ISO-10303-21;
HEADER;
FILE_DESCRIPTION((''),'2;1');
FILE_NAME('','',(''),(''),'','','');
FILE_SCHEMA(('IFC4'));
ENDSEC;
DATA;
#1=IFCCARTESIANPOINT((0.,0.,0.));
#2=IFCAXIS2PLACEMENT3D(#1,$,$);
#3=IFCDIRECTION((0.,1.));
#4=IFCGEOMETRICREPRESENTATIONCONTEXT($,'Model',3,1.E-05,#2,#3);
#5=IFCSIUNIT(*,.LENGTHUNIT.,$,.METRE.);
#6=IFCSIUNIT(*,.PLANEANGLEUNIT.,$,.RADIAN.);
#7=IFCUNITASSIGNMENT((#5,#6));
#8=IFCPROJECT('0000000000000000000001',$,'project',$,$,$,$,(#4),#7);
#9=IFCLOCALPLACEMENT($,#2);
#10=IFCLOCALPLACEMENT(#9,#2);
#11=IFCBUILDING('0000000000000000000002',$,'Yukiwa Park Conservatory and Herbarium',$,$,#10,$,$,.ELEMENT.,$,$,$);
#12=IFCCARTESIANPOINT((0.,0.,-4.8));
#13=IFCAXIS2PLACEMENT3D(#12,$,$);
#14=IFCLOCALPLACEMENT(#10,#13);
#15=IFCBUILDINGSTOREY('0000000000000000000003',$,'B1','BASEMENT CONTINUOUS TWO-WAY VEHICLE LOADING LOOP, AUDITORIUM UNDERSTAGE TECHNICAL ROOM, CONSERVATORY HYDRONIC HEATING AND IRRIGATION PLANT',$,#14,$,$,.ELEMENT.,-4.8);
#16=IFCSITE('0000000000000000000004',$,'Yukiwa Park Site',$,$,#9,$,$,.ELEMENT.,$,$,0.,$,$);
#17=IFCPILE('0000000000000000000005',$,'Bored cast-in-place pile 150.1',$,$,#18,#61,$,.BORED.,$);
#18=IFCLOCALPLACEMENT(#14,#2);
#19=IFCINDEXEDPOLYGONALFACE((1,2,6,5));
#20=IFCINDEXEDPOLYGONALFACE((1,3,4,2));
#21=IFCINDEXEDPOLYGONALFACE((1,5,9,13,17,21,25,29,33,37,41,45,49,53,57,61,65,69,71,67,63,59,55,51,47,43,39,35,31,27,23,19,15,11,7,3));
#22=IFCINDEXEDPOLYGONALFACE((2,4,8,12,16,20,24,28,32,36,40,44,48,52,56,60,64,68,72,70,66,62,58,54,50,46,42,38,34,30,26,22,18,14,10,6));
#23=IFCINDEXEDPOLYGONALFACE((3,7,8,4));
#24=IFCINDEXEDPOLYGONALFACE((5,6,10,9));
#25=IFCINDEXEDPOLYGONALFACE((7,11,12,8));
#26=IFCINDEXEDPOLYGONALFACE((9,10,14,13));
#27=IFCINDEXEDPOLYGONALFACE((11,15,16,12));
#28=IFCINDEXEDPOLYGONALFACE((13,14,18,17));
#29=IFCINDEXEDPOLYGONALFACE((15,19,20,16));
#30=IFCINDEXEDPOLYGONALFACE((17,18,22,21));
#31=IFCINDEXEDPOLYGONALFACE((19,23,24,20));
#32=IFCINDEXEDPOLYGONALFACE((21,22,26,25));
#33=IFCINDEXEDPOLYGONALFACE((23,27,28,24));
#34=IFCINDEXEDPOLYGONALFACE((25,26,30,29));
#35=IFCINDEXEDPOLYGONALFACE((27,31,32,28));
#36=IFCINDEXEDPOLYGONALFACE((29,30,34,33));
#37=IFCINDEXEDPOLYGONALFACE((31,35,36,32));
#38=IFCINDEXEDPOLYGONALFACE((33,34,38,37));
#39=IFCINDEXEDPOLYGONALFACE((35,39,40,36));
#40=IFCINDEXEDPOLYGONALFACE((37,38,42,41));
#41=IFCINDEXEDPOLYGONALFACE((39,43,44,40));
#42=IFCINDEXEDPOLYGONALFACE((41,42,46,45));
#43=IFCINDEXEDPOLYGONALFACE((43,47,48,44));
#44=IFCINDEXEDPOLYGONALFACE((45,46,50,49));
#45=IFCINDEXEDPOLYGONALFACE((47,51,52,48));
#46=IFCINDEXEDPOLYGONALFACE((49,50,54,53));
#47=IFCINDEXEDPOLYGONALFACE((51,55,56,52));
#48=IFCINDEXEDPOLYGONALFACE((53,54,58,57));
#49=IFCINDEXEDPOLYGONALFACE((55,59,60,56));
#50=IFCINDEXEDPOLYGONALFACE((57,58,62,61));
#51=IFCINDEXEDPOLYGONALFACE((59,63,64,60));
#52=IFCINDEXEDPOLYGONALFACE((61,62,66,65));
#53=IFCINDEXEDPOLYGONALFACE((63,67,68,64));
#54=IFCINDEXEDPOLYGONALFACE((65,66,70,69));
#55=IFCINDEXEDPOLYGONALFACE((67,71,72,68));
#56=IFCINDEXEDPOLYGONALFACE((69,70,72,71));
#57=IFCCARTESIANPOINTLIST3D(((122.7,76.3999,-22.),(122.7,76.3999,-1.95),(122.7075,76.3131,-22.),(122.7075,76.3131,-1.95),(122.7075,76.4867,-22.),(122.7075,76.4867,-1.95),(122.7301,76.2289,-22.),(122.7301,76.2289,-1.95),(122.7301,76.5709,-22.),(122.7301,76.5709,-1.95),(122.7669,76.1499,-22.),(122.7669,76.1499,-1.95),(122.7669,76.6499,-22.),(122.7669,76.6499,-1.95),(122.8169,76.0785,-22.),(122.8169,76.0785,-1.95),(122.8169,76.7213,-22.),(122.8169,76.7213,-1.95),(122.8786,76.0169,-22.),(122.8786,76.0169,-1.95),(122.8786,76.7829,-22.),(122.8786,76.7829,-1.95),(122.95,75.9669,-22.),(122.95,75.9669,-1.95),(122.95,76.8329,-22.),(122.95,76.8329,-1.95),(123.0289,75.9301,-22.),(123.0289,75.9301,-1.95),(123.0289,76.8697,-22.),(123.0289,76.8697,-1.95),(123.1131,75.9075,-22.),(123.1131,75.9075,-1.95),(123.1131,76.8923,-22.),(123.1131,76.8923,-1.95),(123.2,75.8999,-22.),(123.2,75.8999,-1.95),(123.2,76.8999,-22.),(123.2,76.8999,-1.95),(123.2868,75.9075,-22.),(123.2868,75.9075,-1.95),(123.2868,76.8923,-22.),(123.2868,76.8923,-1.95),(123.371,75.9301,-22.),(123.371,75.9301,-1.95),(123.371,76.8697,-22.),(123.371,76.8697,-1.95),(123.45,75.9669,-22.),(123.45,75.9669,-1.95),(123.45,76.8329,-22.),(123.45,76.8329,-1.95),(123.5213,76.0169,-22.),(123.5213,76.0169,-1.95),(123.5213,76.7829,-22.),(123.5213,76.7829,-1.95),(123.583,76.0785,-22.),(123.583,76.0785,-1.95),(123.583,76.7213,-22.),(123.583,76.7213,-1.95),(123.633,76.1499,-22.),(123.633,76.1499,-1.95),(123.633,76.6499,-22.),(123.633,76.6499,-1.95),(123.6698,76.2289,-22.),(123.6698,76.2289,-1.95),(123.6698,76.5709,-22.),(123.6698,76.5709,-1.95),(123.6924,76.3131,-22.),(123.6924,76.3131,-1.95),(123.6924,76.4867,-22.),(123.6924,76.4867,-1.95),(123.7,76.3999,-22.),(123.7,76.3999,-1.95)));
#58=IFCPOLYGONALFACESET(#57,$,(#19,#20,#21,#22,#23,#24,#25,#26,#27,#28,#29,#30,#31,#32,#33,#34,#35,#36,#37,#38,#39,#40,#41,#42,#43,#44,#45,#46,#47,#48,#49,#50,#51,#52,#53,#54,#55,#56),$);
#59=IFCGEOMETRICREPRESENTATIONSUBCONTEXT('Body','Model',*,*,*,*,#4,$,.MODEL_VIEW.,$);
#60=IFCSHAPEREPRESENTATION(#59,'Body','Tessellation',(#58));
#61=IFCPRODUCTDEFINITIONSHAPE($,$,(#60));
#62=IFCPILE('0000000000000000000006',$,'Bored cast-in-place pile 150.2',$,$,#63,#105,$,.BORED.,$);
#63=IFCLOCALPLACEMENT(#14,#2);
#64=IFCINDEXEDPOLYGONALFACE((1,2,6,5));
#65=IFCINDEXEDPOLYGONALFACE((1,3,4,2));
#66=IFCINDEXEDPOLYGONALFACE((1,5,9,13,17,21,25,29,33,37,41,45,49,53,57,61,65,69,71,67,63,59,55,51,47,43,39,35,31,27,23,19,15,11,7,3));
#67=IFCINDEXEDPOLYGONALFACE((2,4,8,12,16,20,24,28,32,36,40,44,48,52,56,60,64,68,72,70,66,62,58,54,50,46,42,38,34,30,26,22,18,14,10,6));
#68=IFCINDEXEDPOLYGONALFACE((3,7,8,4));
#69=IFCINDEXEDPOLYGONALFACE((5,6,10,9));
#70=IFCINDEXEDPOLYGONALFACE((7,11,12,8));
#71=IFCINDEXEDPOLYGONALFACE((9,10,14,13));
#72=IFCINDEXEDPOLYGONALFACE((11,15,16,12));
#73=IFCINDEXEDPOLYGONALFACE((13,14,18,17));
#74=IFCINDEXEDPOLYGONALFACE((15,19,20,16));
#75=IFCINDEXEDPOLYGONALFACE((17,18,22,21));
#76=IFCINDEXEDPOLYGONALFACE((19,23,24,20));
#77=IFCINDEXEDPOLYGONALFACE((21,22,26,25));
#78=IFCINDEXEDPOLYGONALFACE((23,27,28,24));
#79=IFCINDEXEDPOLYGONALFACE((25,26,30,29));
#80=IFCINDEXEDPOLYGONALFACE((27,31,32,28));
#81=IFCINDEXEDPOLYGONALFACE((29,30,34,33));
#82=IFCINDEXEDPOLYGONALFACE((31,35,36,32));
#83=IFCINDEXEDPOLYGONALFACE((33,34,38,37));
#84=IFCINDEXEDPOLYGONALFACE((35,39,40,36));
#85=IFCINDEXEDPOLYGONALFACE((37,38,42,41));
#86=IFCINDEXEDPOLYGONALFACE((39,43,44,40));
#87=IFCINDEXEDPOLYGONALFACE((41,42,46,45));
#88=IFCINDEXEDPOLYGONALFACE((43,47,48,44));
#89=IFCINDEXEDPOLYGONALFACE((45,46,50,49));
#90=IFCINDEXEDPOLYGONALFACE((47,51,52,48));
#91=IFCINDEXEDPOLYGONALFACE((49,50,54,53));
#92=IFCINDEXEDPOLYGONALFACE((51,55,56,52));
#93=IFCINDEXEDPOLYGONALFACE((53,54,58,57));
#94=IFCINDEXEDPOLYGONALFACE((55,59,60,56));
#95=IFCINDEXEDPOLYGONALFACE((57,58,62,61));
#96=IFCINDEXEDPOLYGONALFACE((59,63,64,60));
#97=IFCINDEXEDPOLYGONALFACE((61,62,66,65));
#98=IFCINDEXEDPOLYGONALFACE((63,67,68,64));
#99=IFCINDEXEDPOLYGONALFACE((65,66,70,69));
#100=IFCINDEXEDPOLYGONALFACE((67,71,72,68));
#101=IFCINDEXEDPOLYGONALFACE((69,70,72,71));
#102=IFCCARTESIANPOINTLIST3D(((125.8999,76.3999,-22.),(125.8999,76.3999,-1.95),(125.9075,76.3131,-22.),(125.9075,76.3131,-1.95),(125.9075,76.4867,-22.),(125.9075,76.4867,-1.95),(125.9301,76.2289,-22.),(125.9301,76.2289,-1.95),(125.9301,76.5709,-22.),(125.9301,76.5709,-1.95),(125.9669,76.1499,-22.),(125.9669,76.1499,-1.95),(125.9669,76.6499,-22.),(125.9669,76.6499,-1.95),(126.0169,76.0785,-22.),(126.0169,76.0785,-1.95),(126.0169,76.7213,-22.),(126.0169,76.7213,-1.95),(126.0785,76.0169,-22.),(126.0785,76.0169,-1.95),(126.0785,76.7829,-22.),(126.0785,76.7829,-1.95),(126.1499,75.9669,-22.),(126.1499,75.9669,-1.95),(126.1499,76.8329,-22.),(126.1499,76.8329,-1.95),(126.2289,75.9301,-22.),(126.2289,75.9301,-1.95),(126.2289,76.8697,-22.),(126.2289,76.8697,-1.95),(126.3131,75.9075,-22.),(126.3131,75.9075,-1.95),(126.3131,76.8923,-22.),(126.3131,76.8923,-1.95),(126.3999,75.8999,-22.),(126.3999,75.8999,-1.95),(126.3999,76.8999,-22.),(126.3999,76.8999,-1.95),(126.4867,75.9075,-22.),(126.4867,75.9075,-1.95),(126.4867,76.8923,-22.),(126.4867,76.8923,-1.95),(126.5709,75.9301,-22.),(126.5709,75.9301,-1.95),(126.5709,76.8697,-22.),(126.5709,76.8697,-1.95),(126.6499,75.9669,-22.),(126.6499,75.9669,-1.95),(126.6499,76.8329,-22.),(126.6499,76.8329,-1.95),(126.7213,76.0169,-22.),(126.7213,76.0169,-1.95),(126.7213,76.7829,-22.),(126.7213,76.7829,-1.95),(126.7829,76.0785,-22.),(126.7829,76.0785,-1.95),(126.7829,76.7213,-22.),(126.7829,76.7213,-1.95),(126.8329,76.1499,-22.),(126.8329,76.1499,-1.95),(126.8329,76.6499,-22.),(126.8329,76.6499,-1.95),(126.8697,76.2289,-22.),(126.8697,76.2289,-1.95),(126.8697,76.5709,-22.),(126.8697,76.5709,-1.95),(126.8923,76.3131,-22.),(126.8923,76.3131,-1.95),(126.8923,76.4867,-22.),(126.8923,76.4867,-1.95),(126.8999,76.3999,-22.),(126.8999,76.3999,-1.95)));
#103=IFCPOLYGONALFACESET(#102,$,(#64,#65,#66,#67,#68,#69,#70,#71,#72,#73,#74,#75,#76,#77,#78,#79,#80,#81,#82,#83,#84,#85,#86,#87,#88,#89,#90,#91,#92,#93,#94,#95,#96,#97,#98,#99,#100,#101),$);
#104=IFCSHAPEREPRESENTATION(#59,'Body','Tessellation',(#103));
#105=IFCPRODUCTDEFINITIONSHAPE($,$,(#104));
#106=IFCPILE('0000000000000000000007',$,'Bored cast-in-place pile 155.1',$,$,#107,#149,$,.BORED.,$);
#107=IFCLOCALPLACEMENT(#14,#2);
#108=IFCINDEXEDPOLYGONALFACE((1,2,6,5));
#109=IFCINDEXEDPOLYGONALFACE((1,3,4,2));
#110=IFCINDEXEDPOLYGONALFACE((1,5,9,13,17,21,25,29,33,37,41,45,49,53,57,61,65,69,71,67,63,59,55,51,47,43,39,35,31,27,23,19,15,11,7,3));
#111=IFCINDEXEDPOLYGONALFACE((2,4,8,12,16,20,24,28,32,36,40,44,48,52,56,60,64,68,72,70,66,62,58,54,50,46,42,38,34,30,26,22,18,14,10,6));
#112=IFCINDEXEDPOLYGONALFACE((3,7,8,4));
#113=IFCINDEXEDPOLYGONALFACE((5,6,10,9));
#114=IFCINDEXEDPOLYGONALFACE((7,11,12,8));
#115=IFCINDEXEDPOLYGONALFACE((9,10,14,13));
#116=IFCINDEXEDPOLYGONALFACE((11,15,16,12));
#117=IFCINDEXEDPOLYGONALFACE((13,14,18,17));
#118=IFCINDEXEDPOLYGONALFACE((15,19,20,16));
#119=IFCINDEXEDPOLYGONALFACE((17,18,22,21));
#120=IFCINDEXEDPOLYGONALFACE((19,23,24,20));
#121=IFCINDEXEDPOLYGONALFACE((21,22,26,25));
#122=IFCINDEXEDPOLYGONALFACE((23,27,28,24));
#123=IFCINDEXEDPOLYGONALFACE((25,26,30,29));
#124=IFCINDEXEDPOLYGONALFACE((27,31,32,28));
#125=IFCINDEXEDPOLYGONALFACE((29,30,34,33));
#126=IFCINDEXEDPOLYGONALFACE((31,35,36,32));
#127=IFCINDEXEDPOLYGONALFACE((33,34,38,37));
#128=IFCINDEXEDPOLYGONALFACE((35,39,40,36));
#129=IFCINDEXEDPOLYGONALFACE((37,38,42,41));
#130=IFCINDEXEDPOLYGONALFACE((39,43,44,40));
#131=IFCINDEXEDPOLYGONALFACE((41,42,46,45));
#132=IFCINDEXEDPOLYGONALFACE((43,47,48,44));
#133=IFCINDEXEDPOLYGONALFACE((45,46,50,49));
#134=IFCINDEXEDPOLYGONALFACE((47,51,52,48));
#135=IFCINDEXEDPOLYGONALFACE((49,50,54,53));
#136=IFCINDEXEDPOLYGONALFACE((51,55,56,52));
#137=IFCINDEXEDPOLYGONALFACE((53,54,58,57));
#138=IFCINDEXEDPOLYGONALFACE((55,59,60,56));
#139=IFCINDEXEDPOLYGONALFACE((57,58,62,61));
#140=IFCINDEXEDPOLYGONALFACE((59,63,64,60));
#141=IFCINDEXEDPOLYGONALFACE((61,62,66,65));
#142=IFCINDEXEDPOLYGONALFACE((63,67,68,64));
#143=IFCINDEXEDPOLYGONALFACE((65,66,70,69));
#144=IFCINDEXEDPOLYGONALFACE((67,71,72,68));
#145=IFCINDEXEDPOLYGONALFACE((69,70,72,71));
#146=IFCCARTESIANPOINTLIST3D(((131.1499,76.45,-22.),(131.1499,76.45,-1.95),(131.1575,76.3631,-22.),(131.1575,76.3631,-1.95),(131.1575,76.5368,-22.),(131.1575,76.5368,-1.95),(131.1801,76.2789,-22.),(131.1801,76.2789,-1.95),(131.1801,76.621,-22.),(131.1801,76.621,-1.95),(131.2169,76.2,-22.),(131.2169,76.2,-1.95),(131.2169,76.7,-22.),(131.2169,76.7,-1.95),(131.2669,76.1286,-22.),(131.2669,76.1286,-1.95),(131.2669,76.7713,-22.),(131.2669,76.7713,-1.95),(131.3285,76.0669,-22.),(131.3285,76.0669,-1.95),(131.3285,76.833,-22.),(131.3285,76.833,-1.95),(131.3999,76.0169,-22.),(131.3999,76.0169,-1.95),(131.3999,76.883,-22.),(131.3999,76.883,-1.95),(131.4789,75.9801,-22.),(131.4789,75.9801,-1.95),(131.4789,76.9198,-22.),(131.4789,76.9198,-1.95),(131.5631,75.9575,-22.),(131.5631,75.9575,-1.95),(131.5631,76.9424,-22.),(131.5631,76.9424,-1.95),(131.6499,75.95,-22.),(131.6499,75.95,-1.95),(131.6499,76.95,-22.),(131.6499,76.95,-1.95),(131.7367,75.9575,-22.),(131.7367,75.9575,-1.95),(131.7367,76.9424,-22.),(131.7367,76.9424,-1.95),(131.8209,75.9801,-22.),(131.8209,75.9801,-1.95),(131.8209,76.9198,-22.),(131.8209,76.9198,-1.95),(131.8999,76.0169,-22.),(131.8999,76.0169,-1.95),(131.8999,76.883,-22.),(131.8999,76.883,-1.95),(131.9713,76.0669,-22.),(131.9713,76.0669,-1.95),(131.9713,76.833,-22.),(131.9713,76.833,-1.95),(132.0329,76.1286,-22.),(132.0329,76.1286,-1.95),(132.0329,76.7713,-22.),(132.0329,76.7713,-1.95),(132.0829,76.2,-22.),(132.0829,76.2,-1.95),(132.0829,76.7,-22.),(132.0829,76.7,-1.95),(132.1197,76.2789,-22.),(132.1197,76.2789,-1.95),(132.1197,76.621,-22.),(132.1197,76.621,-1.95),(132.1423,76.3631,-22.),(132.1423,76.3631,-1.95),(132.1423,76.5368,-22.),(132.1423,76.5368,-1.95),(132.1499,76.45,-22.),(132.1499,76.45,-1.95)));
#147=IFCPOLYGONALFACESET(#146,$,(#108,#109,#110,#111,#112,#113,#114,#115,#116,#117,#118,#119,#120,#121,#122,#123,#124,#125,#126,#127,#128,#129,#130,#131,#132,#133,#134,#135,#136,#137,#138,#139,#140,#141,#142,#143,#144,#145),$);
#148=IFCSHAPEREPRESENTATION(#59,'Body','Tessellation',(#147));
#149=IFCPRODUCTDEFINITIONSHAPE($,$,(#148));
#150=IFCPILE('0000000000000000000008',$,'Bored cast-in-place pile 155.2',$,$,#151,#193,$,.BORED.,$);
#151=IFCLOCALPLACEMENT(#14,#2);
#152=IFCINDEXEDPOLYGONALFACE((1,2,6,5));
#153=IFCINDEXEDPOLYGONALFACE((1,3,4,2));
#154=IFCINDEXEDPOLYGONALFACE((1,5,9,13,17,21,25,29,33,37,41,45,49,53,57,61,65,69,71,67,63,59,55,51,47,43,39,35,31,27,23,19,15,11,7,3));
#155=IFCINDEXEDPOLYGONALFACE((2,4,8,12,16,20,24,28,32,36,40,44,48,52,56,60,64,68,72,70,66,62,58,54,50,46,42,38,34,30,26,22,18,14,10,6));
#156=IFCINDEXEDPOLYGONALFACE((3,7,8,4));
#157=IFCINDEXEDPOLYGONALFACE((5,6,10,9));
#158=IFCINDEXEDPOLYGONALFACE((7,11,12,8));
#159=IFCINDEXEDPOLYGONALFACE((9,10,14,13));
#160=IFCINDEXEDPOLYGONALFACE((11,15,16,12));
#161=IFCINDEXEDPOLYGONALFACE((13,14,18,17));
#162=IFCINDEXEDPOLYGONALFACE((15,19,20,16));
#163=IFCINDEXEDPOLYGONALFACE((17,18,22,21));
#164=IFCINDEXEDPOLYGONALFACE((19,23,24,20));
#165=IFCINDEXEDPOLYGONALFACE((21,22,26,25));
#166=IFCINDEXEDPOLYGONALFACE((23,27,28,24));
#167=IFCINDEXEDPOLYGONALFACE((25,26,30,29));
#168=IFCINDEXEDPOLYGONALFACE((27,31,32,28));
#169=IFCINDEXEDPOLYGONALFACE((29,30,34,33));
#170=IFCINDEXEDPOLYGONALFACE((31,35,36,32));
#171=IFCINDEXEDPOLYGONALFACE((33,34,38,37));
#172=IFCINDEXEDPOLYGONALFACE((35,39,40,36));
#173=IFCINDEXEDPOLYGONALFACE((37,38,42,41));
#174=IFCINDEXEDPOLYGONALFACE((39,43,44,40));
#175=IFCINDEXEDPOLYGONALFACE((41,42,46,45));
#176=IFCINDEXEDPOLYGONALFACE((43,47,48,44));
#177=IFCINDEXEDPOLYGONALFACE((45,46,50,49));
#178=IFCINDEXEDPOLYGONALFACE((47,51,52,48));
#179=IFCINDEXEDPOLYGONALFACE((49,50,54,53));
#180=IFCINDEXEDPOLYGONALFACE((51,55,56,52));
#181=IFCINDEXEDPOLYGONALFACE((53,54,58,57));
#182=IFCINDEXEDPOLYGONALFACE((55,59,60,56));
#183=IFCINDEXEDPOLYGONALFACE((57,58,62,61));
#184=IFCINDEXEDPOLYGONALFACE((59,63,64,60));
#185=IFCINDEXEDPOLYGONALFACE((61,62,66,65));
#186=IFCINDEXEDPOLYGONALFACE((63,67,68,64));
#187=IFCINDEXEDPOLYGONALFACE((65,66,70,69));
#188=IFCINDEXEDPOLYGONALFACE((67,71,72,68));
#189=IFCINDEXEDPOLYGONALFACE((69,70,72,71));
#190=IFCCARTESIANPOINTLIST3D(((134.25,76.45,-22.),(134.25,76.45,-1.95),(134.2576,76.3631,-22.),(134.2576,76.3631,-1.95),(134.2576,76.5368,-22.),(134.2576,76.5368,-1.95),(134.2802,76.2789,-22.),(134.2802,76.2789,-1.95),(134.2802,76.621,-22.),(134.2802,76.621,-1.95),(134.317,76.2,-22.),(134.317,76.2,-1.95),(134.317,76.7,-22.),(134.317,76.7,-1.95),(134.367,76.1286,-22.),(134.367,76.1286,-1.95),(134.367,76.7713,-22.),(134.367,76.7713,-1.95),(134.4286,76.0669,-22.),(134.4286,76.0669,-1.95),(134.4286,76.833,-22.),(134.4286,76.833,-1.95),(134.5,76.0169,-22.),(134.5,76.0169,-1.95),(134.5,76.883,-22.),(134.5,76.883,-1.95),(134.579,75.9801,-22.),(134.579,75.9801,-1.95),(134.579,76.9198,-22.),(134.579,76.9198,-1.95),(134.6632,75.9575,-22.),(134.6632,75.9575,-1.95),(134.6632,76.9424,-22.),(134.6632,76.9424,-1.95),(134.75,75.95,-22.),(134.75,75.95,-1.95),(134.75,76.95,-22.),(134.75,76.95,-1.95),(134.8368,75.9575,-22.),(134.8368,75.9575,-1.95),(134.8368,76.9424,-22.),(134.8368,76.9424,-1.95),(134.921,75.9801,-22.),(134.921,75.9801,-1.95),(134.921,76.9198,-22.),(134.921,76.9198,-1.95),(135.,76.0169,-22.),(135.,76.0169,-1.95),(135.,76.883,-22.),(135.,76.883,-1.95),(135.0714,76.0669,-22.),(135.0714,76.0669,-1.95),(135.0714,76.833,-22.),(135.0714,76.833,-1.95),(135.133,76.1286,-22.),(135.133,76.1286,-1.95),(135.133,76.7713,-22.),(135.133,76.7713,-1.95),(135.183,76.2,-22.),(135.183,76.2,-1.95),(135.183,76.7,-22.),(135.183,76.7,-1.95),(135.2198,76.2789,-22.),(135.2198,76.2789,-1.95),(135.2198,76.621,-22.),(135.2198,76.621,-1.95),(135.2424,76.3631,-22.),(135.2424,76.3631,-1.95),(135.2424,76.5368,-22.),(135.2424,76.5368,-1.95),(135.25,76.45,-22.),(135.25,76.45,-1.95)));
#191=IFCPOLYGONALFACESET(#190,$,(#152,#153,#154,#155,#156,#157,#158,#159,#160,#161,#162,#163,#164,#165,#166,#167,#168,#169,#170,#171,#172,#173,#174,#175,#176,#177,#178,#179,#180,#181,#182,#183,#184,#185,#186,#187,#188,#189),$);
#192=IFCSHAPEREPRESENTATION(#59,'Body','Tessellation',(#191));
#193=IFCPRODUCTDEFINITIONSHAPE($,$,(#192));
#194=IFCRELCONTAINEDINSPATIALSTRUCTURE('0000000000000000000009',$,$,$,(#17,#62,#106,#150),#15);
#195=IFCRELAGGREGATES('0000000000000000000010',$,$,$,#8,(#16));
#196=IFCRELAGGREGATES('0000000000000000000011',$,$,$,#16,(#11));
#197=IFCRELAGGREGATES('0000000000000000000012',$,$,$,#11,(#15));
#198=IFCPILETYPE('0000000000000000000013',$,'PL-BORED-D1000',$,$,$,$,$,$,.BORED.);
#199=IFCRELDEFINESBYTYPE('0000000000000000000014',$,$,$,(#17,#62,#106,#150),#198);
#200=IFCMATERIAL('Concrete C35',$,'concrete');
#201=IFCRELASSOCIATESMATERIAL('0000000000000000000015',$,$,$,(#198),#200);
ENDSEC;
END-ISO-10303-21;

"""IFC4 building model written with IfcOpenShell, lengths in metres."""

from ifc_helpers import new_model, si_unit, direction, frame, origin, origin_2d, place, context, subcontext, project, spatial, circle, extrude, material, material_profile, profile_set, type_object, element, save


model = new_model("IFC4")

# Units and contexts
model_context = context("Model", 3, precision=1e-05, world=origin(), true_north=direction((0.0, 1.0)))
body_context = subcontext(model_context, "Body", "Model", "MODEL_VIEW")
ifc_project = project(units=[si_unit("LENGTHUNIT", "METRE"), si_unit("PLANEANGLEUNIT", "RADIAN")], contexts=[model_context])

# Site, building, storey
site_placement = place(None, origin())
site = spatial("IfcSite", under=ifc_project, at=site_placement, Name="Yukiwa Park Site", CompositionType="ELEMENT", RefElevation=0.0)
building_placement = place(site_placement, origin())
building = spatial("IfcBuilding", under=site, at=building_placement, Name="Yukiwa Park Conservatory and Herbarium", CompositionType="ELEMENT")
storey_placement = place(building_placement, frame((0.0, 0.0, -4.8)))
storey = spatial("IfcBuildingStorey", under=building, at=storey_placement, Name="B1", Description="BASEMENT CONTINUOUS TWO-WAY VEHICLE LOADING LOOP, AUDITORIUM UNDERSTAGE TECHNICAL ROOM, CONSERVATORY HYDRONIC HEATING AND IRRIGATION PLANT", CompositionType="ELEMENT", Elevation=-4.8)

# Piles
ifc_material_1 = material(Name="Concrete C35", Category="concrete")
ifc_material_profile_1 = material_profile(ifc_material_1, circle(Radius=0.5, at=origin_2d()), Name="PILE D1000")
ifc_profile_set_1 = profile_set([ifc_material_profile_1], Name="Concrete C35")
pile_type_1 = type_object("IfcPileType", Name="PL-BORED-D1000", PredefinedType="BORED", material=ifc_profile_set_1)
for number, where, z_axis, x_axis, name in (
    (1, (123.2, 76.3999, -1.95), (0.0, 0.0, -1.0), (1.0, 0.0, 0.0), "Bored cast-in-place pile 150.1"),
    (2, (126.3999, 76.3999, -1.95), (0.0, 0.0, -1.0), (1.0, 0.0, 0.0), "Bored cast-in-place pile 150.2"),
    (3, (131.6499, 76.45, -1.95), (0.0, 0.0, -1.0), (1.0, 0.0, 0.0), "Bored cast-in-place pile 155.1"),
    (4, (134.75, 76.45, -1.95), (0.0, 0.0, -1.0), (1.0, 0.0, 0.0), "Bored cast-in-place pile 155.2"),
):
    element("IfcPile", number, at=place(storey_placement, frame(where, z_axis=z_axis, x_axis=x_axis)), inside=storey, type_object=pile_type_1, Name=name, PredefinedType="BORED", context=body_context, shape_type="SweptSolid", body=[
        extrude(circle(Radius=0.5, at=origin_2d()), origin(), (0.0, 0.0, 1.0), 20.05),
    ])

save(model, "model.ifc")
